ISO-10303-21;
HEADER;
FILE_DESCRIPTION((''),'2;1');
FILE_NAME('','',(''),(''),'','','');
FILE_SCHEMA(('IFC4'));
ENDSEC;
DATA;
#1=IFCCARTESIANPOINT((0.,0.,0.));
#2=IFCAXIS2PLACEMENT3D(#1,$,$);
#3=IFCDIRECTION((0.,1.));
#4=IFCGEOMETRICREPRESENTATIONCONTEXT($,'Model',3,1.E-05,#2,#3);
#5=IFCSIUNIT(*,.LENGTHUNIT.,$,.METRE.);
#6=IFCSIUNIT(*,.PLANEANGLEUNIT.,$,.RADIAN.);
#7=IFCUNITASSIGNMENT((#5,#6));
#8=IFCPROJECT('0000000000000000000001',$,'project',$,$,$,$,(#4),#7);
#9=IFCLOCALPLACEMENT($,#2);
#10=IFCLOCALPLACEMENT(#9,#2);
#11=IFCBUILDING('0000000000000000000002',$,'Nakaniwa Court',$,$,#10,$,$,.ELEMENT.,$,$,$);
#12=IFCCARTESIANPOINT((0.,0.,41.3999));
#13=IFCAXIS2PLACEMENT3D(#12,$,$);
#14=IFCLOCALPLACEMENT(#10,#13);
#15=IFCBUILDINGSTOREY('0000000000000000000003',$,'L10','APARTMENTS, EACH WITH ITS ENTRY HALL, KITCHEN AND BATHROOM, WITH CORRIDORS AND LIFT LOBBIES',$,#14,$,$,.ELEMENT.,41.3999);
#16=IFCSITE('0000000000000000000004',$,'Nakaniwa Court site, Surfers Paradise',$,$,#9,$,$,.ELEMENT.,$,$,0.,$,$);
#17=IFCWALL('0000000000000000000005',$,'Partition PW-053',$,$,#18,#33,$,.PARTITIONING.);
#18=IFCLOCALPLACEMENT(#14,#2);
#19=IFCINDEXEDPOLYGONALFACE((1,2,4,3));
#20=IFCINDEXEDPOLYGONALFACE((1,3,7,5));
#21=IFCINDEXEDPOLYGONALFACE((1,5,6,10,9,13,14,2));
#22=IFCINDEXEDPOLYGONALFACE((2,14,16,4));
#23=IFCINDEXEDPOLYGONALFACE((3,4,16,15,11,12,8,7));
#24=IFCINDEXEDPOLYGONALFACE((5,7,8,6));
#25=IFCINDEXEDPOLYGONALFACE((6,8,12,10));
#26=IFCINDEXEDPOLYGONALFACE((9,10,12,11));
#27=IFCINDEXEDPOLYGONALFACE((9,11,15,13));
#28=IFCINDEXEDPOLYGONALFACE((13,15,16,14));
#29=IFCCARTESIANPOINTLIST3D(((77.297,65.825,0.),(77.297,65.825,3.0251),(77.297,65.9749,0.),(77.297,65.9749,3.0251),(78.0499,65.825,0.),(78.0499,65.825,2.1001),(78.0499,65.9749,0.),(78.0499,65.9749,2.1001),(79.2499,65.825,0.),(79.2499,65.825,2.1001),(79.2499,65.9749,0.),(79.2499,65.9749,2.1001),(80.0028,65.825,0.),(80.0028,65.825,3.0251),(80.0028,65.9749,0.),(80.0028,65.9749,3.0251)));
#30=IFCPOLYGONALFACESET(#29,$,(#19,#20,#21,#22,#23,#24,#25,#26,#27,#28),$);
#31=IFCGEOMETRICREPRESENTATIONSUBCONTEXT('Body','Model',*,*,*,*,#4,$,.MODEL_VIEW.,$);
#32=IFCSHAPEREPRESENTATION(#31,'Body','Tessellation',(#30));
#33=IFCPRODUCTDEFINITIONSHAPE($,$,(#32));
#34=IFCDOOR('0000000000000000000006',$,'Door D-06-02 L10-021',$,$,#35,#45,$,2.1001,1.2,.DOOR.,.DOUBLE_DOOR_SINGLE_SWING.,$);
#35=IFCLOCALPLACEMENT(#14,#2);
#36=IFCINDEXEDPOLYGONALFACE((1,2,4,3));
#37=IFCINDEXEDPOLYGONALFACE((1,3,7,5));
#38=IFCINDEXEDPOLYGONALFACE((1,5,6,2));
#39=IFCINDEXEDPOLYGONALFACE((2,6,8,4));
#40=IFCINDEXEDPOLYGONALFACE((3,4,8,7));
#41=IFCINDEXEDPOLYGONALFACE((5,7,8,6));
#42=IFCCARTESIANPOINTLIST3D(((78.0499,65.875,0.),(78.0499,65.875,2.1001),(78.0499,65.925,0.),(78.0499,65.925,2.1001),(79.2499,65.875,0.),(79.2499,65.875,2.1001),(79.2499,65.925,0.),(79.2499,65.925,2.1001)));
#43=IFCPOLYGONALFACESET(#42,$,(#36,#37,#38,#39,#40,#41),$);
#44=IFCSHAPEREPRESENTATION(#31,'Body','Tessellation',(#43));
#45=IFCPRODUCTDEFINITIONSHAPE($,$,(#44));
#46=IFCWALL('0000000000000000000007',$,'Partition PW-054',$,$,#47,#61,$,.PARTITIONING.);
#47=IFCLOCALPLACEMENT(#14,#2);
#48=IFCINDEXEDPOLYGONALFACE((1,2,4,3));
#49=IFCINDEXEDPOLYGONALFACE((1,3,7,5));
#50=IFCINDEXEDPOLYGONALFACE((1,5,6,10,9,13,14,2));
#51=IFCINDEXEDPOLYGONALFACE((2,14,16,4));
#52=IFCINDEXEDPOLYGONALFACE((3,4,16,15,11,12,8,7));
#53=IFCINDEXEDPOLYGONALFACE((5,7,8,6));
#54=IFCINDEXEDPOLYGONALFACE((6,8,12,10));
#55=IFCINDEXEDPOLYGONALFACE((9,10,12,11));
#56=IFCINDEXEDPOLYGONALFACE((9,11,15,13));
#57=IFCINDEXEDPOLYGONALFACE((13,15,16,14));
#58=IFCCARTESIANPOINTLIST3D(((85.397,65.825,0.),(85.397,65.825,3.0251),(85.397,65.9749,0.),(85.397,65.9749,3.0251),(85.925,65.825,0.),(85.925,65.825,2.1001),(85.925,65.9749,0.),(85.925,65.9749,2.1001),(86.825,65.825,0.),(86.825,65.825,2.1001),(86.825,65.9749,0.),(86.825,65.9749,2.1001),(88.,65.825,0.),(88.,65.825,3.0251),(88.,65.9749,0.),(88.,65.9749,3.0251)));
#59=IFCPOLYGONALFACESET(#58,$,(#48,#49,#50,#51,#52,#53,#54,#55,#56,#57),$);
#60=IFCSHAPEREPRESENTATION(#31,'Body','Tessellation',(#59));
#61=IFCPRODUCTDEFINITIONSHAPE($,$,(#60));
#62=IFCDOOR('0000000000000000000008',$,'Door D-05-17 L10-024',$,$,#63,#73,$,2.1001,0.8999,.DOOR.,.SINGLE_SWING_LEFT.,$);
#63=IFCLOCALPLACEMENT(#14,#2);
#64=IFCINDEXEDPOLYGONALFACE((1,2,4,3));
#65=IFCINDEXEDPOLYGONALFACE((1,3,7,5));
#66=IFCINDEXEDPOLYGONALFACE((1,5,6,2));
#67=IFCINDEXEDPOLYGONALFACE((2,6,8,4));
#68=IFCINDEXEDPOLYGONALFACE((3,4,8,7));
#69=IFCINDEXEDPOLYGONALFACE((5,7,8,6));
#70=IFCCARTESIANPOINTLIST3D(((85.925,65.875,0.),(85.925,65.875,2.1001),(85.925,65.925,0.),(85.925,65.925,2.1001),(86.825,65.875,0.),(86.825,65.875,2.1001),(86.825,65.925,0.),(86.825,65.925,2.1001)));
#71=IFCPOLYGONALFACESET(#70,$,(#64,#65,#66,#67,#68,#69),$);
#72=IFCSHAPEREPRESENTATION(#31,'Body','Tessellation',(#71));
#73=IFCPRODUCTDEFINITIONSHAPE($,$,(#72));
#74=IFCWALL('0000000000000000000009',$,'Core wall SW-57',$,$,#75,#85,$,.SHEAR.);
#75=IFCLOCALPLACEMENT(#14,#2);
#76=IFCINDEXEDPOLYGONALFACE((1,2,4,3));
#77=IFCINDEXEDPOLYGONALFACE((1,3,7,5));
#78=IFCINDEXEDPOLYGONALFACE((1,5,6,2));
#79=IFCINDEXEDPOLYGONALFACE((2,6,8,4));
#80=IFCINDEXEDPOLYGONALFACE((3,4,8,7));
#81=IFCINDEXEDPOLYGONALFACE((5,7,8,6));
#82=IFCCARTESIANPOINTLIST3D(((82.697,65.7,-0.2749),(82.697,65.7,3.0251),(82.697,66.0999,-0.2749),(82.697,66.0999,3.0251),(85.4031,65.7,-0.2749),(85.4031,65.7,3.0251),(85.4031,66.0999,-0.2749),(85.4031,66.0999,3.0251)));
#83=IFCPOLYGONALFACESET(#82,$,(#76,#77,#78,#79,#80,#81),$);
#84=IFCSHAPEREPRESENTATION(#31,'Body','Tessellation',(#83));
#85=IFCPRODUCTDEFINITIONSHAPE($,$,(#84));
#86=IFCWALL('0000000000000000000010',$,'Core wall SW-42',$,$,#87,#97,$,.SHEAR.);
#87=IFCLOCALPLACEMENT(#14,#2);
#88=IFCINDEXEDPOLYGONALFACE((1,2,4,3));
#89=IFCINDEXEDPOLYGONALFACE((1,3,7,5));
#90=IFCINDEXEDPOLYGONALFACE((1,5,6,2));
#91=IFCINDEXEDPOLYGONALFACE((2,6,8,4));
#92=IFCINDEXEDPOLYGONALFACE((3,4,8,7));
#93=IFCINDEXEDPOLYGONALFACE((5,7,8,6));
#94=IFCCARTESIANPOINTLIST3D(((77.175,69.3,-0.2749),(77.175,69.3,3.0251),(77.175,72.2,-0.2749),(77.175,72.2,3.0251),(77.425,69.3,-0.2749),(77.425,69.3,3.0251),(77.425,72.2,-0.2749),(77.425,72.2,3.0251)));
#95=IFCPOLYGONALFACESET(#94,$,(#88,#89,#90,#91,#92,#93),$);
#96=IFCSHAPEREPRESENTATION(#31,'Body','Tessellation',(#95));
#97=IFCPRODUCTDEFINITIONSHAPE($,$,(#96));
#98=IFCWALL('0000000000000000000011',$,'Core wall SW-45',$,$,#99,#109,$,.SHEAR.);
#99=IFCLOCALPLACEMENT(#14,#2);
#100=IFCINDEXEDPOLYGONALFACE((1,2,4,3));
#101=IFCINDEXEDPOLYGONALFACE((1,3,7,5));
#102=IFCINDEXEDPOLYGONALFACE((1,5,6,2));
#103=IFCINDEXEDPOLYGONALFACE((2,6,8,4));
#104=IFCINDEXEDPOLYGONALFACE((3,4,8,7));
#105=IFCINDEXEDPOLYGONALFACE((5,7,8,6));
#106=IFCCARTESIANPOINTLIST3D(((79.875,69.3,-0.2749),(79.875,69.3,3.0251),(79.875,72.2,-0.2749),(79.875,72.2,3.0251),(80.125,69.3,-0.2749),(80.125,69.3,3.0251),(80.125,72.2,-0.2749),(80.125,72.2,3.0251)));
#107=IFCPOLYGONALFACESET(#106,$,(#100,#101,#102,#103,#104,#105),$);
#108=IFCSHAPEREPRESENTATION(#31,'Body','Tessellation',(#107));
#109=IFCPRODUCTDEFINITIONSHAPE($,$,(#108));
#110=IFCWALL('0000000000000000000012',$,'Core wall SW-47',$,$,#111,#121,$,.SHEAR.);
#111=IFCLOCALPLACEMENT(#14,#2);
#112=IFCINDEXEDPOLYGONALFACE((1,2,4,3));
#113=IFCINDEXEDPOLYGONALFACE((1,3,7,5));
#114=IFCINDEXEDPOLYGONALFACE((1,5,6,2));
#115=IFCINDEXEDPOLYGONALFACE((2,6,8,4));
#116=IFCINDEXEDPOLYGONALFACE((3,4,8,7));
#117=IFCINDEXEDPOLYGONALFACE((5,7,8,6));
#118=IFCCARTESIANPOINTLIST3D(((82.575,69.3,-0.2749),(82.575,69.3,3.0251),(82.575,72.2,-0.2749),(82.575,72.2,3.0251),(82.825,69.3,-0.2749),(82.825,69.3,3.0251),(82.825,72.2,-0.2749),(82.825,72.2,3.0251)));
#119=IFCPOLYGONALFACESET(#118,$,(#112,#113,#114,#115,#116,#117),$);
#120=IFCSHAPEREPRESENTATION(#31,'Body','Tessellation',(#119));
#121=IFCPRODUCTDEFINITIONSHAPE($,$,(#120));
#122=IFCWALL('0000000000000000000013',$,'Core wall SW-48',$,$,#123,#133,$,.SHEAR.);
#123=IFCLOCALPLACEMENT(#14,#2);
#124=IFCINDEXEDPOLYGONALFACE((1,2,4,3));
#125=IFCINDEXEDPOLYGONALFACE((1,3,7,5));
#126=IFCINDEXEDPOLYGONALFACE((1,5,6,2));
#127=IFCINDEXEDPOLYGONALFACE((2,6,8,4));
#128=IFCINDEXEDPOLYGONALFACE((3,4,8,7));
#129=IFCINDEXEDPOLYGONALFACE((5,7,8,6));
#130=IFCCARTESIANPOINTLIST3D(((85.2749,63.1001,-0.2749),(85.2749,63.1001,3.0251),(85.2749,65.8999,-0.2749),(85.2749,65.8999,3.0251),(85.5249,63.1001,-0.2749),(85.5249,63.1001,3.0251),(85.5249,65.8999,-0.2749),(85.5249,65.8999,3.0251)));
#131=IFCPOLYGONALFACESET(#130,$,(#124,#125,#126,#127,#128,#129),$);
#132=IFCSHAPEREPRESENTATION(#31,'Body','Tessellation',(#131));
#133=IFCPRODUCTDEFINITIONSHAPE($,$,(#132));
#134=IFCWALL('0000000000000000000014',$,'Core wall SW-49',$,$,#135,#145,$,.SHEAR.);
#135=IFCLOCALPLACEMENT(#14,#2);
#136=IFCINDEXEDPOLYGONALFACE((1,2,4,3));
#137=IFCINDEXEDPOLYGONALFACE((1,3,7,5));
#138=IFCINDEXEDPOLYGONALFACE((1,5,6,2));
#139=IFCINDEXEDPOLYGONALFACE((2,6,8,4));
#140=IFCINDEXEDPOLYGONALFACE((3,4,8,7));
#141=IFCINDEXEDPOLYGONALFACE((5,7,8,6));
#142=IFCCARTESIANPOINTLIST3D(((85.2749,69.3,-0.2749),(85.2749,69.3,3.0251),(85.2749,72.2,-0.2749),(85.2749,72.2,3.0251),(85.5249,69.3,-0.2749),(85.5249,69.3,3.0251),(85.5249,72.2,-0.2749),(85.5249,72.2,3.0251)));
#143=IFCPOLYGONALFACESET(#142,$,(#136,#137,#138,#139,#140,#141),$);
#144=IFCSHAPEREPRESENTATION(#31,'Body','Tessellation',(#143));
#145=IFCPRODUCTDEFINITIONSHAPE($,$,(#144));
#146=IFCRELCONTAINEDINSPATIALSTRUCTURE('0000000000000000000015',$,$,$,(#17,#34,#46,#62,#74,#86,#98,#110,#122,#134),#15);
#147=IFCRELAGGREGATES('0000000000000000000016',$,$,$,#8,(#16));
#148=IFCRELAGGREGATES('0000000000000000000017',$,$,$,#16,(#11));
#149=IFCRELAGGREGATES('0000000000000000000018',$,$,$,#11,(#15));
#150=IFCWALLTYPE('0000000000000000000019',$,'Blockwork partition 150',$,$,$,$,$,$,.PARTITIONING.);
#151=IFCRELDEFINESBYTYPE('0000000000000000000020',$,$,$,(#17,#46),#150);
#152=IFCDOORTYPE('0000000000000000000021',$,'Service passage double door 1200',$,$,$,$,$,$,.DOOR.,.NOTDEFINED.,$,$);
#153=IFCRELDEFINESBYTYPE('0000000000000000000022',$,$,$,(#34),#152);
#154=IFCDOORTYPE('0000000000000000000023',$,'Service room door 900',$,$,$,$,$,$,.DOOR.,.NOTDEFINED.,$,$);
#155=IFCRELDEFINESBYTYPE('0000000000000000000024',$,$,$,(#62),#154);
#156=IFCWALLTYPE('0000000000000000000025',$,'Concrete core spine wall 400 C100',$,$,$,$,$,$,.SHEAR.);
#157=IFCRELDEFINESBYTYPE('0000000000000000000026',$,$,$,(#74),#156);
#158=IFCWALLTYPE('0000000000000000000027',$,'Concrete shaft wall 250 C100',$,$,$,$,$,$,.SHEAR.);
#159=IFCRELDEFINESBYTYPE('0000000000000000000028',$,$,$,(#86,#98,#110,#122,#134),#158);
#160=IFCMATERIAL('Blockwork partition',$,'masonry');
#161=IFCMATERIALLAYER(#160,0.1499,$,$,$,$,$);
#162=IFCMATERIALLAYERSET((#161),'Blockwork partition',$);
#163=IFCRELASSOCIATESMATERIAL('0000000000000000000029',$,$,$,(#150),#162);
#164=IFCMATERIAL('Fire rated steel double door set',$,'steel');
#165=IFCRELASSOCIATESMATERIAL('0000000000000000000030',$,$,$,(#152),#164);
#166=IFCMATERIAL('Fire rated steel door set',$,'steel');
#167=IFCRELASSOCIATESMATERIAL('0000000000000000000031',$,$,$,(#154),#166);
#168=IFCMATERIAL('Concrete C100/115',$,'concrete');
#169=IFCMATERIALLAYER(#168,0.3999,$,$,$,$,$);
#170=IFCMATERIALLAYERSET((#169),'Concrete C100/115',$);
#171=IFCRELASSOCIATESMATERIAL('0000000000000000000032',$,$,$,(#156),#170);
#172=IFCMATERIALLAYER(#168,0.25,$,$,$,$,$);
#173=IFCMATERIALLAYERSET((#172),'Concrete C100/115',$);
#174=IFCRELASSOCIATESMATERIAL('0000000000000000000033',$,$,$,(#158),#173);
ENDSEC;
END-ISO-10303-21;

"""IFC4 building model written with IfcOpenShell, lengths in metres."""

from ifc_helpers import new_model, si_unit, direction, frame, frame_2d, origin, place, context, subcontext, project, spatial, rectangle, extrude, material, layer, layer_set, type_object, element, fill, save


model = new_model("IFC4")

# Units and contexts
model_context = context("Model", 3, precision=1e-05, world=origin(), true_north=direction((0.0, 1.0)))
body_context = subcontext(model_context, "Body", "Model", "MODEL_VIEW")
ifc_project = project(units=[si_unit("LENGTHUNIT", "METRE"), si_unit("PLANEANGLEUNIT", "RADIAN")], contexts=[model_context])

# Site, building, storey
site_placement = place(None, origin())
site = spatial("IfcSite", under=ifc_project, at=site_placement, Name="Nakaniwa Court site, Surfers Paradise", CompositionType="ELEMENT", RefElevation=0.0)
building_placement = place(site_placement, origin())
building = spatial("IfcBuilding", under=site, at=building_placement, Name="Nakaniwa Court", CompositionType="ELEMENT")
storey_placement = place(building_placement, frame((0.0, 0.0, 41.3999)))
storey = spatial("IfcBuildingStorey", under=building, at=storey_placement, Name="L10", Description="APARTMENTS, EACH WITH ITS ENTRY HALL, KITCHEN AND BATHROOM, WITH CORRIDORS AND LIFT LOBBIES", CompositionType="ELEMENT", Elevation=41.3999)

# Walls, openings, doors
ifc_material_1 = material(Name="Blockwork partition", Category="masonry")
ifc_layer_1 = layer(ifc_material_1, 0.1499)
ifc_layer_set_1 = layer_set([ifc_layer_1], Name="Blockwork partition")
wall_type_1 = type_object("IfcWallType", Name="Blockwork partition 150", PredefinedType="PARTITIONING", material=ifc_layer_set_1)
wall_1_placement = place(storey_placement, frame((80.0029, 65.8999, 0.0), z_axis=(0.0, 0.0, 1.0), x_axis=(-1.0, 0.0, 0.0)))
wall_1 = element("IfcWall", 1, at=wall_1_placement, inside=storey, type_object=wall_type_1, Name="Partition PW-053", PredefinedType="PARTITIONING", context=body_context, shape_type="SweptSolid", body=[
    extrude(rectangle(XDim=2.7058, YDim=0.1499, at=frame_2d((1.353, 0.0))), origin(), (0.0, 0.0, 1.0), 3.0251),
])
opening_1_placement = place(wall_1_placement, frame((0.7529, 0.0, 0.0)))
opening_1 = element("IfcOpeningElement", 2, at=opening_1_placement, cuts=wall_1, PredefinedType="OPENING", context=body_context, shape_type="SweptSolid", body=[
    extrude(rectangle(XDim=1.2, YDim=2.1001, at=frame_2d((0.6001, 1.05))), frame((0.0, 0.085, 0.0), z_axis=(0.0, -1.0, 0.0), x_axis=(1.0, 0.0, 0.0)), (0.0, 0.0, 1.0), 0.1699),
])
ifc_material_2 = material(Name="Fire rated steel double door set", Category="steel")
door_type_1 = type_object("IfcDoorType", Name="Service passage double door 1200", OperationType="NOTDEFINED", PredefinedType="DOOR", material=ifc_material_2)
door_1_placement = place(opening_1_placement, origin())
door_1 = element("IfcDoor", 3, at=door_1_placement, inside=storey, type_object=door_type_1, Name="Door D-06-02 L10-021", OperationType="DOUBLE_DOOR_SINGLE_SWING", OverallHeight=2.1001, OverallWidth=1.2, PredefinedType="DOOR", context=body_context, shape_type="SweptSolid", body=[
    extrude(rectangle(XDim=1.2, YDim=2.1001, at=frame_2d((0.6001, 1.05))), frame((0.0, 0.0249, 0.0), z_axis=(0.0, -1.0, 0.0), x_axis=(1.0, 0.0, 0.0)), (0.0, 0.0, 1.0), 0.05),
])
fill(opening_1, door_1)
wall_2_placement = place(storey_placement, frame((88.0, 65.8999, 0.0), z_axis=(0.0, 0.0, 1.0), x_axis=(-1.0, 0.0, 0.0)))
wall_2 = element("IfcWall", 4, at=wall_2_placement, inside=storey, type_object=wall_type_1, Name="Partition PW-054", PredefinedType="PARTITIONING", context=body_context, shape_type="SweptSolid", body=[
    extrude(rectangle(XDim=2.603, YDim=0.1499, at=frame_2d((1.3015, 0.0))), origin(), (0.0, 0.0, 1.0), 3.0251),
])
opening_2_placement = place(wall_2_placement, frame((1.175, 0.0, 0.0)))
opening_2 = element("IfcOpeningElement", 5, at=opening_2_placement, cuts=wall_2, PredefinedType="OPENING", context=body_context, shape_type="SweptSolid", body=[
    extrude(rectangle(XDim=0.8999, YDim=2.1001, at=frame_2d((0.45, 1.05))), frame((0.0, 0.085, 0.0), z_axis=(0.0, -1.0, 0.0), x_axis=(1.0, 0.0, 0.0)), (0.0, 0.0, 1.0), 0.1699),
])
ifc_material_3 = material(Name="Fire rated steel door set", Category="steel")
door_type_2 = type_object("IfcDoorType", Name="Service room door 900", OperationType="NOTDEFINED", PredefinedType="DOOR", material=ifc_material_3)
door_2_placement = place(opening_2_placement, origin())
door_2 = element("IfcDoor", 6, at=door_2_placement, inside=storey, type_object=door_type_2, Name="Door D-05-17 L10-024", OperationType="SINGLE_SWING_LEFT", OverallHeight=2.1001, OverallWidth=0.8999, PredefinedType="DOOR", context=body_context, shape_type="SweptSolid", body=[
    extrude(rectangle(XDim=0.8999, YDim=2.1001, at=frame_2d((0.45, 1.05))), frame((0.0, 0.0249, 0.0), z_axis=(0.0, -1.0, 0.0), x_axis=(1.0, 0.0, 0.0)), (0.0, 0.0, 1.0), 0.05),
])
fill(opening_2, door_2)

# Walls
ifc_material_4 = material(Name="Concrete C100/115", Category="concrete")
ifc_layer_2 = layer(ifc_material_4, 0.3999)
ifc_layer_set_2 = layer_set([ifc_layer_2], Name="Concrete C100/115")
wall_type_2 = type_object("IfcWallType", Name="Concrete core spine wall 400 C100", PredefinedType="SHEAR", material=ifc_layer_set_2)
wall_3_placement = place(storey_placement, frame((82.697, 65.8999, -0.2749), z_axis=(0.0, 0.0, 1.0), x_axis=(1.0, 0.0, 0.0)))
element("IfcWall", 7, at=wall_3_placement, inside=storey, type_object=wall_type_2, Name="Core wall SW-57", PredefinedType="SHEAR", context=body_context, shape_type="SweptSolid", body=[
    extrude(rectangle(XDim=2.7061, YDim=0.3999, at=frame_2d((1.353, 0.0))), origin(), (0.0, 0.0, 1.0), 3.3),
])
ifc_layer_3 = layer(ifc_material_4, 0.25)
ifc_layer_set_3 = layer_set([ifc_layer_3], Name="Concrete C100/115")
wall_type_3 = type_object("IfcWallType", Name="Concrete shaft wall 250 C100", PredefinedType="SHEAR", material=ifc_layer_set_3)
for number, where, z_axis, x_axis, name in (
    (8, (77.3, 69.3, -0.2749), (0.0, 0.0, 1.0), (0.0, 1.0, 0.0), "Core wall SW-42"),
    (9, (80.0, 69.3, -0.2749), (0.0, 0.0, 1.0), (0.0, 1.0, 0.0), "Core wall SW-45"),
    (10, (82.7, 69.3, -0.2749), (0.0, 0.0, 1.0), (0.0, 1.0, 0.0), "Core wall SW-47"),
):
    element("IfcWall", number, at=place(storey_placement, frame(where, z_axis=z_axis, x_axis=x_axis)), inside=storey, type_object=wall_type_3, Name=name, PredefinedType="SHEAR", context=body_context, shape_type="SweptSolid", body=[
        extrude(rectangle(XDim=2.8999, YDim=0.25, at=frame_2d((1.45, 0.0))), origin(), (0.0, 0.0, 1.0), 3.3),
    ])
wall_4_placement = place(storey_placement, frame((85.3999, 63.1001, -0.2749), z_axis=(0.0, 0.0, 1.0), x_axis=(0.0, 1.0, 0.0)))
element("IfcWall", 11, at=wall_4_placement, inside=storey, type_object=wall_type_3, Name="Core wall SW-48", PredefinedType="SHEAR", context=body_context, shape_type="SweptSolid", body=[
    extrude(rectangle(XDim=2.7998, YDim=0.25, at=frame_2d((1.3999, 0.0))), origin(), (0.0, 0.0, 1.0), 3.3),
])
wall_5_placement = place(storey_placement, frame((85.3999, 69.3, -0.2749), z_axis=(0.0, 0.0, 1.0), x_axis=(0.0, 1.0, 0.0)))
element("IfcWall", 12, at=wall_5_placement, inside=storey, type_object=wall_type_3, Name="Core wall SW-49", PredefinedType="SHEAR", context=body_context, shape_type="SweptSolid", body=[
    extrude(rectangle(XDim=2.8999, YDim=0.25, at=frame_2d((1.45, 0.0))), origin(), (0.0, 0.0, 1.0), 3.3),
])

save(model, "model.ifc")
